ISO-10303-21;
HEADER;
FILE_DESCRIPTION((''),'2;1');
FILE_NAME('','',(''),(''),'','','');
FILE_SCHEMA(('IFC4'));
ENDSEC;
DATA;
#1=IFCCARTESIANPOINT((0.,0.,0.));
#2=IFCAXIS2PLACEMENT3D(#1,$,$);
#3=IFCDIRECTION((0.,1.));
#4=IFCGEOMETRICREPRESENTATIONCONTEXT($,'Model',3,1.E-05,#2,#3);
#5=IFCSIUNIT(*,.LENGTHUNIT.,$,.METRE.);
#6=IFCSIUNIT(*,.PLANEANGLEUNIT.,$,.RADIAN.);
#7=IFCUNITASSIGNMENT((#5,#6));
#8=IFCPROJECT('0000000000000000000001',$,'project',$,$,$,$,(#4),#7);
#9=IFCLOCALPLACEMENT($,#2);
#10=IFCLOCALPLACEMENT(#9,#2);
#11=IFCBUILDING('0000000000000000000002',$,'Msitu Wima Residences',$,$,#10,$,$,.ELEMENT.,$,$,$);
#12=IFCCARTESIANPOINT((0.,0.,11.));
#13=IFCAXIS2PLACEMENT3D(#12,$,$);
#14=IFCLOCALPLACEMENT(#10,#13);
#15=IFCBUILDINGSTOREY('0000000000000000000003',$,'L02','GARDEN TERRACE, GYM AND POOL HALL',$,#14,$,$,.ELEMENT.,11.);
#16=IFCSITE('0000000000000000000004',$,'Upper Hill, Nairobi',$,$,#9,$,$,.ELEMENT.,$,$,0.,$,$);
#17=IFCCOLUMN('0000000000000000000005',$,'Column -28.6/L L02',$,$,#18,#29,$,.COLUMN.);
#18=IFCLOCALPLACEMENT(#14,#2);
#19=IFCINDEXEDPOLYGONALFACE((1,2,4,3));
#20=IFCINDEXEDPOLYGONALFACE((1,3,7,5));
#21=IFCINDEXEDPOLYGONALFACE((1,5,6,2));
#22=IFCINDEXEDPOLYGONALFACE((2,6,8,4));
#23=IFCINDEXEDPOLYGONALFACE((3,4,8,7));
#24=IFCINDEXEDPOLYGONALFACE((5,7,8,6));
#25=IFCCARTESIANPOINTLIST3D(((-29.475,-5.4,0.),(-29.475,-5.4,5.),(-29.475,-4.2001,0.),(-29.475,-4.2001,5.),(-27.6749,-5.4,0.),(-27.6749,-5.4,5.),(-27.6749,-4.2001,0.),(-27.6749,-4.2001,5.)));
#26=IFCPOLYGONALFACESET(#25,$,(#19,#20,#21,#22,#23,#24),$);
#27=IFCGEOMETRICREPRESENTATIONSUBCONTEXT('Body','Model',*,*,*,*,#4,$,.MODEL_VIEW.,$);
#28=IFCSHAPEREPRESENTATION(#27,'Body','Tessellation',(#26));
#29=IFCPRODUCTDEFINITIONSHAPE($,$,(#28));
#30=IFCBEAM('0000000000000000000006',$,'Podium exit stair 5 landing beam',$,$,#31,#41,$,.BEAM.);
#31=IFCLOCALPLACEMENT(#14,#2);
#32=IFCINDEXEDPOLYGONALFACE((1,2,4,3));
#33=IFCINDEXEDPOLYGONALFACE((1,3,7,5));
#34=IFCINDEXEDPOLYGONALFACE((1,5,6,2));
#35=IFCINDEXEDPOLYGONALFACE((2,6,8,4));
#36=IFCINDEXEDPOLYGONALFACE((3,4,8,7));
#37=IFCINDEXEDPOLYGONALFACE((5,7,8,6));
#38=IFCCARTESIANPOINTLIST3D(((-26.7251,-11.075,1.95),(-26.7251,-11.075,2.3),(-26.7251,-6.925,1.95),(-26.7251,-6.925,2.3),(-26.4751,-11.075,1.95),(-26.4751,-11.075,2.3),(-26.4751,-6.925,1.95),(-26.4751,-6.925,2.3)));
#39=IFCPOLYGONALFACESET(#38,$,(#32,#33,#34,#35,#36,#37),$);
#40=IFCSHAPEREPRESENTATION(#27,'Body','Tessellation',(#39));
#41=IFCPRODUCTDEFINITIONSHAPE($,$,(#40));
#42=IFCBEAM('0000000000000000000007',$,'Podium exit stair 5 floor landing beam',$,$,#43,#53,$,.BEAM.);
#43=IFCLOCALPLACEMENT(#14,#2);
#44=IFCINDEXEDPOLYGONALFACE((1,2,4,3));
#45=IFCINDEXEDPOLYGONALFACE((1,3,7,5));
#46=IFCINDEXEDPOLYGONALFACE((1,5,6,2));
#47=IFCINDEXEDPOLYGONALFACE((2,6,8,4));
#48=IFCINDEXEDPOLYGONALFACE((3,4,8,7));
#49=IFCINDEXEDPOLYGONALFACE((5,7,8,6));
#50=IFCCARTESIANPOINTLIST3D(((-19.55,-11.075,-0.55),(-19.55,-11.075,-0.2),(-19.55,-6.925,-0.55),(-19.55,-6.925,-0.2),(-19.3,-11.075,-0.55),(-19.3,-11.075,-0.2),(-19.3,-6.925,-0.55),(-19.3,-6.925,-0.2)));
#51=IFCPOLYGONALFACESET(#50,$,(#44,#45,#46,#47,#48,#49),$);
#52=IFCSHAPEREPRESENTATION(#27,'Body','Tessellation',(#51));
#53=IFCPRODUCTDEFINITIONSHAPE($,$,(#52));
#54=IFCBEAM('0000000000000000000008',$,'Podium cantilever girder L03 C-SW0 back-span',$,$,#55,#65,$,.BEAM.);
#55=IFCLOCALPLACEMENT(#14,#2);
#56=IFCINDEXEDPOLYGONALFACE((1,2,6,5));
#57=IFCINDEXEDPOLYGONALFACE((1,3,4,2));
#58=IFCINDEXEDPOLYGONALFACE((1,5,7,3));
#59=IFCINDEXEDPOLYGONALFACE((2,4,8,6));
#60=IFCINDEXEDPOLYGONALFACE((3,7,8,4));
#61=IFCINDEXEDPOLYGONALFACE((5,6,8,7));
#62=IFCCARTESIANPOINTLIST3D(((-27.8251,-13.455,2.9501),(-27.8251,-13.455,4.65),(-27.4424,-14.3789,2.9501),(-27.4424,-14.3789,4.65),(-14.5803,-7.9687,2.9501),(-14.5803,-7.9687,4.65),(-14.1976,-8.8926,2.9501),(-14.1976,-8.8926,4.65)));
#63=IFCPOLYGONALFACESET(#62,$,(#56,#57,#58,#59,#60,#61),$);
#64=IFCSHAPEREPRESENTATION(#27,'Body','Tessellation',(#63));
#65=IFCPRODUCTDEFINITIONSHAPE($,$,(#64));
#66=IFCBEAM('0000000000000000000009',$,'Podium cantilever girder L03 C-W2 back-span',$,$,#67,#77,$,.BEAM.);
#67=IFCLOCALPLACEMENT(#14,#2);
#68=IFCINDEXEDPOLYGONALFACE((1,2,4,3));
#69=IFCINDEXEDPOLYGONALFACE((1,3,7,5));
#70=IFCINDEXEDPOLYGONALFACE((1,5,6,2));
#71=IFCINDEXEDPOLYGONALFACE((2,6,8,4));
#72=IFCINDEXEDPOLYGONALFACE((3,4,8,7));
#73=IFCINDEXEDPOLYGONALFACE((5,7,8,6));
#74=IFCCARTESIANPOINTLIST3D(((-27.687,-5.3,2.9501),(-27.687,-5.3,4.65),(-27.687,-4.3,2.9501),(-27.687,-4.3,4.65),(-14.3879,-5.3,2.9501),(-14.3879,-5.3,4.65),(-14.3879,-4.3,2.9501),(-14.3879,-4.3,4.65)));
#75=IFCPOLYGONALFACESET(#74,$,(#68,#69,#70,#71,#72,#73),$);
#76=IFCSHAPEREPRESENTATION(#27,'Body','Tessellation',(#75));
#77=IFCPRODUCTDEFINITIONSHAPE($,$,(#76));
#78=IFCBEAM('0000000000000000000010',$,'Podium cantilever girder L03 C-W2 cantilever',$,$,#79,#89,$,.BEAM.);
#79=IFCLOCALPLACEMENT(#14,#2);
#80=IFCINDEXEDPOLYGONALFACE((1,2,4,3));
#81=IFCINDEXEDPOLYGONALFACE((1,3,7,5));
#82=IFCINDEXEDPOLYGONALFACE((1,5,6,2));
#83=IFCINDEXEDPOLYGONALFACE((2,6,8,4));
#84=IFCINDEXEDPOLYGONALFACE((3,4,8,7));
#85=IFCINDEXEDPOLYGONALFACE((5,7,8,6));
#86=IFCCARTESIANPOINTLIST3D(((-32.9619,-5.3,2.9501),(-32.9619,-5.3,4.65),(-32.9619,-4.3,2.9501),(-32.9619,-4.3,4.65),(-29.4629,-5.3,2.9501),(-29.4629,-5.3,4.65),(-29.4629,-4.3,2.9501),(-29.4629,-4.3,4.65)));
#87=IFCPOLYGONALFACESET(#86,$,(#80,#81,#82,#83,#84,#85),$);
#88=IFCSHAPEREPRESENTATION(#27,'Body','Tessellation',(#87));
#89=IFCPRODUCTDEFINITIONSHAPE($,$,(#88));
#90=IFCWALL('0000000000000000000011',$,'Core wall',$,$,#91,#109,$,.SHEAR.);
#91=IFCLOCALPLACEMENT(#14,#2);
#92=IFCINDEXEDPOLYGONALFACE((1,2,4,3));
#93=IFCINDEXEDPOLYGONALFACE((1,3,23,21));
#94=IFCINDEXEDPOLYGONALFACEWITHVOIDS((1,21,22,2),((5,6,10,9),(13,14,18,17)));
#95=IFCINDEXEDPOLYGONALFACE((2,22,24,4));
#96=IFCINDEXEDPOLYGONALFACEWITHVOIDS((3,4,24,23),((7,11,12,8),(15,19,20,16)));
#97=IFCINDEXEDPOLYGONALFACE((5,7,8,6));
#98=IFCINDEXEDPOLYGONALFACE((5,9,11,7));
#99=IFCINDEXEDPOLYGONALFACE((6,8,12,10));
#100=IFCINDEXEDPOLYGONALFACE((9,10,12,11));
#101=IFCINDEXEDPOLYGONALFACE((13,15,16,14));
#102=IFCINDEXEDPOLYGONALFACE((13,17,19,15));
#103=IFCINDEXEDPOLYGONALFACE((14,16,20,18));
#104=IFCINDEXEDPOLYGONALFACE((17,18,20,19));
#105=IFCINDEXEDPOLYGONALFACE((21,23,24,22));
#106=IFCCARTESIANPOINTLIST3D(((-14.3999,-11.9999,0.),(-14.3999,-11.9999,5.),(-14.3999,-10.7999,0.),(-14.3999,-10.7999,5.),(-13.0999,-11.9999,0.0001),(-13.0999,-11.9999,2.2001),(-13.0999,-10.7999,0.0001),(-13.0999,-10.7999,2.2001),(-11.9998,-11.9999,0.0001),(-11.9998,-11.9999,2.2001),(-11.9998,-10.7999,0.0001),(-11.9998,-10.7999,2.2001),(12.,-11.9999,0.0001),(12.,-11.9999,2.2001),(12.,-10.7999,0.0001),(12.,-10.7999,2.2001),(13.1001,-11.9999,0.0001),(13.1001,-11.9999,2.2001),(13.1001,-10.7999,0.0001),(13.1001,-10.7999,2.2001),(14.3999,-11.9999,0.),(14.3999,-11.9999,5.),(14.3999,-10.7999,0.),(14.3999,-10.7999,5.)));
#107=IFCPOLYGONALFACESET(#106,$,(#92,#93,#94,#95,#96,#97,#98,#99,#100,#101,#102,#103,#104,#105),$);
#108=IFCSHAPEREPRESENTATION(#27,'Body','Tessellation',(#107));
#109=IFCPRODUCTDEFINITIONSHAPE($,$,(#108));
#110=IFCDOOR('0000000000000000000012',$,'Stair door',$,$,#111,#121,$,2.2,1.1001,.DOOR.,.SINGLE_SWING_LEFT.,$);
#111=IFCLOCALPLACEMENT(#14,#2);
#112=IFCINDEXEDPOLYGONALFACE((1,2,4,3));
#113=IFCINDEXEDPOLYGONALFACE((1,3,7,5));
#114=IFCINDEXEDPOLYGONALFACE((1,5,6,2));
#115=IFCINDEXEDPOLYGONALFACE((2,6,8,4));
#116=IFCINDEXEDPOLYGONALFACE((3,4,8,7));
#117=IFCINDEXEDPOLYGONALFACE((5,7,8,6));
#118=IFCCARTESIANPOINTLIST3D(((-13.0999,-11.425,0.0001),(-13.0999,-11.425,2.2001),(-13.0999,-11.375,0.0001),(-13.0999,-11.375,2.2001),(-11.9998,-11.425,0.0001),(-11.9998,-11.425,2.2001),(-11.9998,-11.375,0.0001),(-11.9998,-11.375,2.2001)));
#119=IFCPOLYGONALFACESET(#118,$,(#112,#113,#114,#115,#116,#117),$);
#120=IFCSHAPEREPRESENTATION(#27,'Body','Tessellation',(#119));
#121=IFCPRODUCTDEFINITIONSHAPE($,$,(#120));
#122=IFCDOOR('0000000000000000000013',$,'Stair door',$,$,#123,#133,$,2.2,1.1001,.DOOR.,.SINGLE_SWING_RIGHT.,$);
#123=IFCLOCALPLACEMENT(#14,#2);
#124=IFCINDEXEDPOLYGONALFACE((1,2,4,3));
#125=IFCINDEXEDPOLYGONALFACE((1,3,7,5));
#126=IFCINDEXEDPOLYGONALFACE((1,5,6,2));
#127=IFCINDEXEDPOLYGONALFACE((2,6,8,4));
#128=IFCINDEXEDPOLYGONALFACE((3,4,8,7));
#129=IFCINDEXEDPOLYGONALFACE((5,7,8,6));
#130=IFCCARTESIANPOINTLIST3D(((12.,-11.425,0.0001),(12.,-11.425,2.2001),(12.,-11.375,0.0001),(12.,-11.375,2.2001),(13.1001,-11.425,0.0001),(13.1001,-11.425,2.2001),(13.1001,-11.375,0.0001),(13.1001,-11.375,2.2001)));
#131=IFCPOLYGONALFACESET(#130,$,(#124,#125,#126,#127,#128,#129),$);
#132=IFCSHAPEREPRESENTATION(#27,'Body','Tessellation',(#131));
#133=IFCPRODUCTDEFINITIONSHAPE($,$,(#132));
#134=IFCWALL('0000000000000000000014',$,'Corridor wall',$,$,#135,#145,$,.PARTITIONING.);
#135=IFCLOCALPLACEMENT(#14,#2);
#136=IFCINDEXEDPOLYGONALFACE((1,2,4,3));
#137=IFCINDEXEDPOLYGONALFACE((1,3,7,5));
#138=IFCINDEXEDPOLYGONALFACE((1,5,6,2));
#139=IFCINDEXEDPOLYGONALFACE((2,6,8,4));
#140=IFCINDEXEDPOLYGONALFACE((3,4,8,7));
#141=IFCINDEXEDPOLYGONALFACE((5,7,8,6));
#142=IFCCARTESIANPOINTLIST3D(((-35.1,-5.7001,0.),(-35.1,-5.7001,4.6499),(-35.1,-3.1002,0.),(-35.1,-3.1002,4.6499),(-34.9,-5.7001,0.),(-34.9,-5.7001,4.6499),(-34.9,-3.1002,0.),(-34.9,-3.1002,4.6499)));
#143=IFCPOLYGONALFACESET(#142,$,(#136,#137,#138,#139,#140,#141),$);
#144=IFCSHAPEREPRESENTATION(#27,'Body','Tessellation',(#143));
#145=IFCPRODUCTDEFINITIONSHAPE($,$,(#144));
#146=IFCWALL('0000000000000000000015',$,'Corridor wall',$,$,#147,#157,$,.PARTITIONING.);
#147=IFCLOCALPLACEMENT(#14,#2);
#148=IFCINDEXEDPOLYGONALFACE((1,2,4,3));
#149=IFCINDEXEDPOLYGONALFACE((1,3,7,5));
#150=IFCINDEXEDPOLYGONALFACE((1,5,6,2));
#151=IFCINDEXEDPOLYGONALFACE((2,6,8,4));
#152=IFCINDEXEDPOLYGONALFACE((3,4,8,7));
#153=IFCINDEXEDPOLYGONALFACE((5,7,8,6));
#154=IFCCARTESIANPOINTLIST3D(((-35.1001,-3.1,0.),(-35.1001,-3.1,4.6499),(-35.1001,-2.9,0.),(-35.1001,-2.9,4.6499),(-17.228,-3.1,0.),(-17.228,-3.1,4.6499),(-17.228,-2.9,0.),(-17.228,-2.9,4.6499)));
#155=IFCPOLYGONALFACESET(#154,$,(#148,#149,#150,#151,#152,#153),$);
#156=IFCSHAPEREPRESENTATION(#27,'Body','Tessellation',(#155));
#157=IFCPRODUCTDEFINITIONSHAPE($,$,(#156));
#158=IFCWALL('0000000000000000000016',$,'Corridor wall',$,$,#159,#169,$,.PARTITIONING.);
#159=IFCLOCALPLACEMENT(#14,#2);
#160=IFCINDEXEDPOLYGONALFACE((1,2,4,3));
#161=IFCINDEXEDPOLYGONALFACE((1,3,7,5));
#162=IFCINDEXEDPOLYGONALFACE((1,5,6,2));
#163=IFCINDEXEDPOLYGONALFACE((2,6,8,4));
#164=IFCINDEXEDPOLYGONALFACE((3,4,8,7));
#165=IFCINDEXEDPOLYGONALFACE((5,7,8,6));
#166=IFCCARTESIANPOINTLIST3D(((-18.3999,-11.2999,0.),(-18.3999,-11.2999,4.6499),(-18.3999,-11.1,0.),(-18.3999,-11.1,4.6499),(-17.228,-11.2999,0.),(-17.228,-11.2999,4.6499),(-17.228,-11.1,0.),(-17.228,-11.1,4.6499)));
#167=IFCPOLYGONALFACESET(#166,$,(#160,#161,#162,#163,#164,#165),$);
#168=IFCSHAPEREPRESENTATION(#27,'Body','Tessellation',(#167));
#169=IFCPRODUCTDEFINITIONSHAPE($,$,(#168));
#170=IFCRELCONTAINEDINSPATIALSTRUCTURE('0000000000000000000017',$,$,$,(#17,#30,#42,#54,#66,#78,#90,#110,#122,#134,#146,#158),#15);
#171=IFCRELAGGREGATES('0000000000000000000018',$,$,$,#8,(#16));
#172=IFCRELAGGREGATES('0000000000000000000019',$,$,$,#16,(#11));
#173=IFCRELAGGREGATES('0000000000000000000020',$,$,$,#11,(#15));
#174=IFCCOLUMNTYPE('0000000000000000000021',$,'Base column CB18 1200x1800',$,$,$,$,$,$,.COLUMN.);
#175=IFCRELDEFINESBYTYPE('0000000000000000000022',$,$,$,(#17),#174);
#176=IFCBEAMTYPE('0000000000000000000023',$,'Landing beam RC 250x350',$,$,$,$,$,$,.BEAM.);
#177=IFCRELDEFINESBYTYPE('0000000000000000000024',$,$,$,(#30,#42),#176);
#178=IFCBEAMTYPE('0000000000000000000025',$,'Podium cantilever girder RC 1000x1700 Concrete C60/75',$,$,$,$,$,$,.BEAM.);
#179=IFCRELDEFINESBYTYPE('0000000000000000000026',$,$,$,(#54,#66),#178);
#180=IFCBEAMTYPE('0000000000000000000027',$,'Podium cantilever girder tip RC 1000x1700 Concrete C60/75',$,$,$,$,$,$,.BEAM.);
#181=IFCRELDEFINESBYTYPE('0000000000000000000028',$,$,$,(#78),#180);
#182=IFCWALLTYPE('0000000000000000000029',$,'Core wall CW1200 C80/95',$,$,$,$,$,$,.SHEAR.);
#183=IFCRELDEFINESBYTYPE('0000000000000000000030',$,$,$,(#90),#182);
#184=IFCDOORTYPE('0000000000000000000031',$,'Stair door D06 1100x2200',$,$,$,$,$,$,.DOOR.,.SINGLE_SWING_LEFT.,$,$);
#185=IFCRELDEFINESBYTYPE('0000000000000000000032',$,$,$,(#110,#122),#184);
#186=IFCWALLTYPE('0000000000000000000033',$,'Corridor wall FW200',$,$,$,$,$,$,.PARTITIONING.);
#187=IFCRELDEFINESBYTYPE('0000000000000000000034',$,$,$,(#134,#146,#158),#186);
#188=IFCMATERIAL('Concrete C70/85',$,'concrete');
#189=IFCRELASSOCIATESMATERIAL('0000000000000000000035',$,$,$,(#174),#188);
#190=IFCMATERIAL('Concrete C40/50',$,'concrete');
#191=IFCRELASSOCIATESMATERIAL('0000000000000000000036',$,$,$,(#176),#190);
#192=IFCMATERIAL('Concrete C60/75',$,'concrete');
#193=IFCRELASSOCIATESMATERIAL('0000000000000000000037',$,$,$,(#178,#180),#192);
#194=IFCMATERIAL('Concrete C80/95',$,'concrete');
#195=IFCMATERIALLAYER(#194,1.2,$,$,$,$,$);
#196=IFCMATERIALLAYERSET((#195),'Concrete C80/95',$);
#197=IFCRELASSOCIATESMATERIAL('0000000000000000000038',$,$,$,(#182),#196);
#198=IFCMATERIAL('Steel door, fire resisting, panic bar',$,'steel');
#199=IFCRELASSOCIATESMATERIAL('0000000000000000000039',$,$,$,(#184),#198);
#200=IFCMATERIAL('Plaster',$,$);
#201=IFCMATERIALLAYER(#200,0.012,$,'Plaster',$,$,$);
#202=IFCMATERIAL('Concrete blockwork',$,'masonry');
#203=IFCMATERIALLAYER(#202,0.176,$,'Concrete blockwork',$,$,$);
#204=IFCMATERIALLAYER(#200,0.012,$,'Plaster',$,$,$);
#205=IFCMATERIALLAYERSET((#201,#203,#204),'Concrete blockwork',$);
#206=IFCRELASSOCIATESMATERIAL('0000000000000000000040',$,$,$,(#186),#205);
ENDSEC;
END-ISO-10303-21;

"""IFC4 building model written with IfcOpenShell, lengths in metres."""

from ifc_helpers import new_model, si_unit, direction, frame, frame_2d, origin, origin_2d, place, context, subcontext, project, spatial, rectangle, extrude, material, layer, layer_set, material_profile, profile_set, type_object, element, fill, save


model = new_model("IFC4")

# Units and contexts
model_context = context("Model", 3, precision=1e-05, world=origin(), true_north=direction((0.0, 1.0)))
body_context = subcontext(model_context, "Body", "Model", "MODEL_VIEW")
ifc_project = project(units=[si_unit("LENGTHUNIT", "METRE"), si_unit("PLANEANGLEUNIT", "RADIAN")], contexts=[model_context])

# Site, building, storey
site_placement = place(None, origin())
site = spatial("IfcSite", under=ifc_project, at=site_placement, Name="Upper Hill, Nairobi", CompositionType="ELEMENT", RefElevation=0.0)
building_placement = place(site_placement, origin())
building = spatial("IfcBuilding", under=site, at=building_placement, Name="Msitu Wima Residences", CompositionType="ELEMENT")
storey_placement = place(building_placement, frame((0.0, 0.0, 11.0)))
storey = spatial("IfcBuildingStorey", under=building, at=storey_placement, Name="L02", Description="GARDEN TERRACE, GYM AND POOL HALL", CompositionType="ELEMENT", Elevation=11.0)

# Column
ifc_material_1 = material(Name="Concrete C70/85", Category="concrete")
ifc_material_profile_1 = material_profile(ifc_material_1, rectangle(XDim=1.2, YDim=1.8, at=origin_2d()), Name="RC 1200x1800")
ifc_profile_set_1 = profile_set([ifc_material_profile_1], Name="Concrete C70/85")
column_type = type_object("IfcColumnType", Name="Base column CB18 1200x1800", PredefinedType="COLUMN", material=ifc_profile_set_1)
column_placement = place(storey_placement, frame((-28.575, -4.8, 0.0), z_axis=(0.0, 0.0, 1.0), x_axis=(0.0, -1.0, 0.0)))
element("IfcColumn", 1, at=column_placement, inside=storey, type_object=column_type, Name="Column -28.6/L L02", PredefinedType="COLUMN", context=body_context, shape_type="SweptSolid", body=[
    extrude(rectangle(XDim=1.2, YDim=1.8, at=origin_2d()), origin(), (0.0, 0.0, 1.0), 5.0),
])

# Beams
ifc_material_2 = material(Name="Concrete C40/50", Category="concrete")
ifc_material_profile_2 = material_profile(ifc_material_2, rectangle(XDim=0.25, YDim=0.3501, at=origin_2d()), Name="RC 250x350")
ifc_profile_set_2 = profile_set([ifc_material_profile_2], Name="Concrete C40/50")
beam_type_1 = type_object("IfcBeamType", Name="Landing beam RC 250x350", PredefinedType="BEAM", material=ifc_profile_set_2)
for number, where, z_axis, x_axis, name in (
    (2, (-26.6001, -6.925, 2.125), (0.0, -1.0, 0.0), (1.0, 0.0, 0.0), "Podium exit stair 5 landing beam"),
    (3, (-19.425, -6.925, -0.375), (0.0, -1.0, 0.0), (1.0, 0.0, 0.0), "Podium exit stair 5 floor landing beam"),
):
    element("IfcBeam", number, at=place(storey_placement, frame(where, z_axis=z_axis, x_axis=x_axis)), inside=storey, type_object=beam_type_1, Name=name, PredefinedType="BEAM", context=body_context, shape_type="SweptSolid", body=[
        extrude(rectangle(XDim=0.25, YDim=0.3501, at=origin_2d()), origin(), (0.0, 0.0, 1.0), 4.1499),
    ])
ifc_material_3 = material(Name="Concrete C60/75", Category="concrete")
ifc_material_profile_3 = material_profile(ifc_material_3, rectangle(XDim=1.0, YDim=1.7, at=origin_2d()), Name="RC 1000x1700")
ifc_profile_set_3 = profile_set([ifc_material_profile_3], Name="Concrete C60/75")
beam_type_2 = type_object("IfcBeamType", Name="Podium cantilever girder RC 1000x1700 Concrete C60/75", PredefinedType="BEAM", material=ifc_profile_set_3)
beam_1_placement = place(storey_placement, frame((-14.3889, -8.4307, 3.8), z_axis=(-0.923877, -0.382691, 0.0), x_axis=(0.382691, -0.923877, 0.0)))
element("IfcBeam", 4, at=beam_1_placement, inside=storey, type_object=beam_type_2, Name="Podium cantilever girder L03 C-SW0 back-span", PredefinedType="BEAM", context=body_context, shape_type="SweptSolid", body=[
    extrude(rectangle(XDim=1.0, YDim=1.7, at=origin_2d()), origin(), (0.0, 0.0, 1.0), 14.3362),
])
beam_2_placement = place(storey_placement, frame((-14.3879, -4.8, 3.8), z_axis=(-1.0, 0.0, 0.0), x_axis=(0.0, -1.0, 0.0)))
element("IfcBeam", 5, at=beam_2_placement, inside=storey, type_object=beam_type_2, Name="Podium cantilever girder L03 C-W2 back-span", PredefinedType="BEAM", context=body_context, shape_type="SweptSolid", body=[
    extrude(rectangle(XDim=1.0, YDim=1.7, at=origin_2d()), origin(), (0.0, 0.0, 1.0), 13.2991),
])
ifc_material_profile_4 = material_profile(ifc_material_3, rectangle(XDim=1.0, YDim=1.7, at=origin_2d()), Name="RC 1000x1700")
ifc_profile_set_4 = profile_set([ifc_material_profile_4], Name="Concrete C60/75")
beam_type_3 = type_object("IfcBeamType", Name="Podium cantilever girder tip RC 1000x1700 Concrete C60/75", PredefinedType="BEAM", material=ifc_profile_set_4)
beam_3_placement = place(storey_placement, frame((-29.4629, -4.8, 3.8), z_axis=(-1.0, 0.0, 0.0), x_axis=(0.0, -1.0, 0.0)))
element("IfcBeam", 6, at=beam_3_placement, inside=storey, type_object=beam_type_3, Name="Podium cantilever girder L03 C-W2 cantilever", PredefinedType="BEAM", context=body_context, shape_type="SweptSolid", body=[
    extrude(rectangle(XDim=1.0, YDim=1.7, at=origin_2d()), origin(), (0.0, 0.0, 1.0), 3.499),
])

# Wall, openings, doors
ifc_material_4 = material(Name="Concrete C80/95", Category="concrete")
ifc_layer_1 = layer(ifc_material_4, 1.2)
ifc_layer_set_1 = layer_set([ifc_layer_1], Name="Concrete C80/95")
wall_type_1 = type_object("IfcWallType", Name="Core wall CW1200 C80/95", PredefinedType="SHEAR", material=ifc_layer_set_1)
wall_1_placement = place(storey_placement, frame((-14.3999, -11.3999, 0.0), z_axis=(0.0, 0.0, 1.0), x_axis=(1.0, 0.0, 0.0)))
wall_1 = element("IfcWall", 7, at=wall_1_placement, inside=storey, type_object=wall_type_1, Name="Core wall", PredefinedType="SHEAR", context=body_context, shape_type="SweptSolid", body=[
    extrude(rectangle(XDim=28.7998, YDim=1.2, at=frame_2d((14.3999, 0.0))), origin(), (0.0, 0.0, 1.0), 5.0),
])
opening_1_placement = place(wall_1_placement, frame((1.3, 0.0, 0.0)))
opening_1 = element("IfcOpeningElement", 8, at=opening_1_placement, cuts=wall_1, PredefinedType="OPENING", context=body_context, shape_type="SweptSolid", body=[
    extrude(rectangle(XDim=1.1001, YDim=2.2, at=frame_2d((0.55, 1.1001))), frame((0.0, 0.6099, 0.0), z_axis=(0.0, -1.0, 0.0), x_axis=(1.0, 0.0, 0.0)), (0.0, 0.0, 1.0), 1.22),
])
opening_2_placement = place(wall_1_placement, frame((26.3999, 0.0, 0.0)))
opening_2 = element("IfcOpeningElement", 9, at=opening_2_placement, cuts=wall_1, PredefinedType="OPENING", context=body_context, shape_type="SweptSolid", body=[
    extrude(rectangle(XDim=1.1001, YDim=2.2, at=frame_2d((0.55, 1.1001))), frame((0.0, 0.6099, 0.0), z_axis=(0.0, -1.0, 0.0), x_axis=(1.0, 0.0, 0.0)), (0.0, 0.0, 1.0), 1.22),
])
ifc_material_5 = material(Name="Steel door, fire resisting, panic bar", Category="steel")
door_type_1 = type_object("IfcDoorType", Name="Stair door D06 1100x2200", OperationType="SINGLE_SWING_LEFT", PredefinedType="DOOR", material=ifc_material_5)
door_1_placement = place(opening_1_placement, origin())
door_1 = element("IfcDoor", 10, at=door_1_placement, inside=storey, type_object=door_type_1, Name="Stair door", OperationType="SINGLE_SWING_LEFT", OverallHeight=2.2, OverallWidth=1.1001, PredefinedType="DOOR", context=body_context, shape_type="SweptSolid", body=[
    extrude(rectangle(XDim=1.1001, YDim=2.2, at=frame_2d((0.55, 1.1001))), frame((0.0, 0.0249, 0.0), z_axis=(0.0, -1.0, 0.0), x_axis=(1.0, 0.0, 0.0)), (0.0, 0.0, 1.0), 0.05),
])
fill(opening_1, door_1)
door_2_placement = place(opening_2_placement, origin())
door_2 = element("IfcDoor", 11, at=door_2_placement, inside=storey, type_object=door_type_1, Name="Stair door", OperationType="SINGLE_SWING_RIGHT", OverallHeight=2.2, OverallWidth=1.1001, PredefinedType="DOOR", context=body_context, shape_type="SweptSolid", body=[
    extrude(rectangle(XDim=1.1001, YDim=2.2, at=frame_2d((0.55, 1.1001))), frame((0.0, 0.0249, 0.0), z_axis=(0.0, -1.0, 0.0), x_axis=(1.0, 0.0, 0.0)), (0.0, 0.0, 1.0), 0.05),
])
fill(opening_2, door_2)

# Walls
ifc_material_6 = material(Name="Plaster")
ifc_layer_2 = layer(ifc_material_6, 0.012, Name="Plaster")
ifc_material_7 = material(Name="Concrete blockwork", Category="masonry")
ifc_layer_3 = layer(ifc_material_7, 0.176, Name="Concrete blockwork")
ifc_layer_4 = layer(ifc_material_6, 0.012, Name="Plaster")
ifc_layer_set_2 = layer_set([ifc_layer_2, ifc_layer_3, ifc_layer_4], Name="Concrete blockwork")
wall_type_2 = type_object("IfcWallType", Name="Corridor wall FW200", PredefinedType="PARTITIONING", material=ifc_layer_set_2)
wall_2_placement = place(storey_placement, frame((-35.0, -5.7, 0.0), z_axis=(0.0, 0.0, 1.0), x_axis=(0.0, 1.0, 0.0)))
element("IfcWall", 12, at=wall_2_placement, inside=storey, type_object=wall_type_2, Name="Corridor wall", PredefinedType="PARTITIONING", context=body_context, shape_type="SweptSolid", body=[
    extrude(rectangle(XDim=2.5999, YDim=0.2, at=frame_2d((1.2998, 0.0))), origin(), (0.0, 0.0, 1.0), 4.6499),
])
wall_3_placement = place(storey_placement, frame((-35.1001, -3.0, 0.0), z_axis=(0.0, 0.0, 1.0), x_axis=(1.0, 0.0, 0.0)))
element("IfcWall", 13, at=wall_3_placement, inside=storey, type_object=wall_type_2, Name="Corridor wall", PredefinedType="PARTITIONING", context=body_context, shape_type="SweptSolid", body=[
    extrude(rectangle(XDim=17.8721, YDim=0.2, at=frame_2d((8.936, 0.0))), origin(), (0.0, 0.0, 1.0), 4.6499),
])
for number, where, z_axis, x_axis, name in (
    (14, (-18.3999, -11.2, 0.0), (0.0, 0.0, 1.0), (1.0, 0.0, 0.0), "Corridor wall"),
):
    element("IfcWall", number, at=place(storey_placement, frame(where, z_axis=z_axis, x_axis=x_axis)), inside=storey, type_object=wall_type_2, Name=name, PredefinedType="PARTITIONING", context=body_context, shape_type="SweptSolid", body=[
        extrude(rectangle(XDim=1.1719, YDim=0.2, at=frame_2d((0.5859, 0.0))), origin(), (0.0, 0.0, 1.0), 4.6499),
    ])

save(model, "model.ifc")
